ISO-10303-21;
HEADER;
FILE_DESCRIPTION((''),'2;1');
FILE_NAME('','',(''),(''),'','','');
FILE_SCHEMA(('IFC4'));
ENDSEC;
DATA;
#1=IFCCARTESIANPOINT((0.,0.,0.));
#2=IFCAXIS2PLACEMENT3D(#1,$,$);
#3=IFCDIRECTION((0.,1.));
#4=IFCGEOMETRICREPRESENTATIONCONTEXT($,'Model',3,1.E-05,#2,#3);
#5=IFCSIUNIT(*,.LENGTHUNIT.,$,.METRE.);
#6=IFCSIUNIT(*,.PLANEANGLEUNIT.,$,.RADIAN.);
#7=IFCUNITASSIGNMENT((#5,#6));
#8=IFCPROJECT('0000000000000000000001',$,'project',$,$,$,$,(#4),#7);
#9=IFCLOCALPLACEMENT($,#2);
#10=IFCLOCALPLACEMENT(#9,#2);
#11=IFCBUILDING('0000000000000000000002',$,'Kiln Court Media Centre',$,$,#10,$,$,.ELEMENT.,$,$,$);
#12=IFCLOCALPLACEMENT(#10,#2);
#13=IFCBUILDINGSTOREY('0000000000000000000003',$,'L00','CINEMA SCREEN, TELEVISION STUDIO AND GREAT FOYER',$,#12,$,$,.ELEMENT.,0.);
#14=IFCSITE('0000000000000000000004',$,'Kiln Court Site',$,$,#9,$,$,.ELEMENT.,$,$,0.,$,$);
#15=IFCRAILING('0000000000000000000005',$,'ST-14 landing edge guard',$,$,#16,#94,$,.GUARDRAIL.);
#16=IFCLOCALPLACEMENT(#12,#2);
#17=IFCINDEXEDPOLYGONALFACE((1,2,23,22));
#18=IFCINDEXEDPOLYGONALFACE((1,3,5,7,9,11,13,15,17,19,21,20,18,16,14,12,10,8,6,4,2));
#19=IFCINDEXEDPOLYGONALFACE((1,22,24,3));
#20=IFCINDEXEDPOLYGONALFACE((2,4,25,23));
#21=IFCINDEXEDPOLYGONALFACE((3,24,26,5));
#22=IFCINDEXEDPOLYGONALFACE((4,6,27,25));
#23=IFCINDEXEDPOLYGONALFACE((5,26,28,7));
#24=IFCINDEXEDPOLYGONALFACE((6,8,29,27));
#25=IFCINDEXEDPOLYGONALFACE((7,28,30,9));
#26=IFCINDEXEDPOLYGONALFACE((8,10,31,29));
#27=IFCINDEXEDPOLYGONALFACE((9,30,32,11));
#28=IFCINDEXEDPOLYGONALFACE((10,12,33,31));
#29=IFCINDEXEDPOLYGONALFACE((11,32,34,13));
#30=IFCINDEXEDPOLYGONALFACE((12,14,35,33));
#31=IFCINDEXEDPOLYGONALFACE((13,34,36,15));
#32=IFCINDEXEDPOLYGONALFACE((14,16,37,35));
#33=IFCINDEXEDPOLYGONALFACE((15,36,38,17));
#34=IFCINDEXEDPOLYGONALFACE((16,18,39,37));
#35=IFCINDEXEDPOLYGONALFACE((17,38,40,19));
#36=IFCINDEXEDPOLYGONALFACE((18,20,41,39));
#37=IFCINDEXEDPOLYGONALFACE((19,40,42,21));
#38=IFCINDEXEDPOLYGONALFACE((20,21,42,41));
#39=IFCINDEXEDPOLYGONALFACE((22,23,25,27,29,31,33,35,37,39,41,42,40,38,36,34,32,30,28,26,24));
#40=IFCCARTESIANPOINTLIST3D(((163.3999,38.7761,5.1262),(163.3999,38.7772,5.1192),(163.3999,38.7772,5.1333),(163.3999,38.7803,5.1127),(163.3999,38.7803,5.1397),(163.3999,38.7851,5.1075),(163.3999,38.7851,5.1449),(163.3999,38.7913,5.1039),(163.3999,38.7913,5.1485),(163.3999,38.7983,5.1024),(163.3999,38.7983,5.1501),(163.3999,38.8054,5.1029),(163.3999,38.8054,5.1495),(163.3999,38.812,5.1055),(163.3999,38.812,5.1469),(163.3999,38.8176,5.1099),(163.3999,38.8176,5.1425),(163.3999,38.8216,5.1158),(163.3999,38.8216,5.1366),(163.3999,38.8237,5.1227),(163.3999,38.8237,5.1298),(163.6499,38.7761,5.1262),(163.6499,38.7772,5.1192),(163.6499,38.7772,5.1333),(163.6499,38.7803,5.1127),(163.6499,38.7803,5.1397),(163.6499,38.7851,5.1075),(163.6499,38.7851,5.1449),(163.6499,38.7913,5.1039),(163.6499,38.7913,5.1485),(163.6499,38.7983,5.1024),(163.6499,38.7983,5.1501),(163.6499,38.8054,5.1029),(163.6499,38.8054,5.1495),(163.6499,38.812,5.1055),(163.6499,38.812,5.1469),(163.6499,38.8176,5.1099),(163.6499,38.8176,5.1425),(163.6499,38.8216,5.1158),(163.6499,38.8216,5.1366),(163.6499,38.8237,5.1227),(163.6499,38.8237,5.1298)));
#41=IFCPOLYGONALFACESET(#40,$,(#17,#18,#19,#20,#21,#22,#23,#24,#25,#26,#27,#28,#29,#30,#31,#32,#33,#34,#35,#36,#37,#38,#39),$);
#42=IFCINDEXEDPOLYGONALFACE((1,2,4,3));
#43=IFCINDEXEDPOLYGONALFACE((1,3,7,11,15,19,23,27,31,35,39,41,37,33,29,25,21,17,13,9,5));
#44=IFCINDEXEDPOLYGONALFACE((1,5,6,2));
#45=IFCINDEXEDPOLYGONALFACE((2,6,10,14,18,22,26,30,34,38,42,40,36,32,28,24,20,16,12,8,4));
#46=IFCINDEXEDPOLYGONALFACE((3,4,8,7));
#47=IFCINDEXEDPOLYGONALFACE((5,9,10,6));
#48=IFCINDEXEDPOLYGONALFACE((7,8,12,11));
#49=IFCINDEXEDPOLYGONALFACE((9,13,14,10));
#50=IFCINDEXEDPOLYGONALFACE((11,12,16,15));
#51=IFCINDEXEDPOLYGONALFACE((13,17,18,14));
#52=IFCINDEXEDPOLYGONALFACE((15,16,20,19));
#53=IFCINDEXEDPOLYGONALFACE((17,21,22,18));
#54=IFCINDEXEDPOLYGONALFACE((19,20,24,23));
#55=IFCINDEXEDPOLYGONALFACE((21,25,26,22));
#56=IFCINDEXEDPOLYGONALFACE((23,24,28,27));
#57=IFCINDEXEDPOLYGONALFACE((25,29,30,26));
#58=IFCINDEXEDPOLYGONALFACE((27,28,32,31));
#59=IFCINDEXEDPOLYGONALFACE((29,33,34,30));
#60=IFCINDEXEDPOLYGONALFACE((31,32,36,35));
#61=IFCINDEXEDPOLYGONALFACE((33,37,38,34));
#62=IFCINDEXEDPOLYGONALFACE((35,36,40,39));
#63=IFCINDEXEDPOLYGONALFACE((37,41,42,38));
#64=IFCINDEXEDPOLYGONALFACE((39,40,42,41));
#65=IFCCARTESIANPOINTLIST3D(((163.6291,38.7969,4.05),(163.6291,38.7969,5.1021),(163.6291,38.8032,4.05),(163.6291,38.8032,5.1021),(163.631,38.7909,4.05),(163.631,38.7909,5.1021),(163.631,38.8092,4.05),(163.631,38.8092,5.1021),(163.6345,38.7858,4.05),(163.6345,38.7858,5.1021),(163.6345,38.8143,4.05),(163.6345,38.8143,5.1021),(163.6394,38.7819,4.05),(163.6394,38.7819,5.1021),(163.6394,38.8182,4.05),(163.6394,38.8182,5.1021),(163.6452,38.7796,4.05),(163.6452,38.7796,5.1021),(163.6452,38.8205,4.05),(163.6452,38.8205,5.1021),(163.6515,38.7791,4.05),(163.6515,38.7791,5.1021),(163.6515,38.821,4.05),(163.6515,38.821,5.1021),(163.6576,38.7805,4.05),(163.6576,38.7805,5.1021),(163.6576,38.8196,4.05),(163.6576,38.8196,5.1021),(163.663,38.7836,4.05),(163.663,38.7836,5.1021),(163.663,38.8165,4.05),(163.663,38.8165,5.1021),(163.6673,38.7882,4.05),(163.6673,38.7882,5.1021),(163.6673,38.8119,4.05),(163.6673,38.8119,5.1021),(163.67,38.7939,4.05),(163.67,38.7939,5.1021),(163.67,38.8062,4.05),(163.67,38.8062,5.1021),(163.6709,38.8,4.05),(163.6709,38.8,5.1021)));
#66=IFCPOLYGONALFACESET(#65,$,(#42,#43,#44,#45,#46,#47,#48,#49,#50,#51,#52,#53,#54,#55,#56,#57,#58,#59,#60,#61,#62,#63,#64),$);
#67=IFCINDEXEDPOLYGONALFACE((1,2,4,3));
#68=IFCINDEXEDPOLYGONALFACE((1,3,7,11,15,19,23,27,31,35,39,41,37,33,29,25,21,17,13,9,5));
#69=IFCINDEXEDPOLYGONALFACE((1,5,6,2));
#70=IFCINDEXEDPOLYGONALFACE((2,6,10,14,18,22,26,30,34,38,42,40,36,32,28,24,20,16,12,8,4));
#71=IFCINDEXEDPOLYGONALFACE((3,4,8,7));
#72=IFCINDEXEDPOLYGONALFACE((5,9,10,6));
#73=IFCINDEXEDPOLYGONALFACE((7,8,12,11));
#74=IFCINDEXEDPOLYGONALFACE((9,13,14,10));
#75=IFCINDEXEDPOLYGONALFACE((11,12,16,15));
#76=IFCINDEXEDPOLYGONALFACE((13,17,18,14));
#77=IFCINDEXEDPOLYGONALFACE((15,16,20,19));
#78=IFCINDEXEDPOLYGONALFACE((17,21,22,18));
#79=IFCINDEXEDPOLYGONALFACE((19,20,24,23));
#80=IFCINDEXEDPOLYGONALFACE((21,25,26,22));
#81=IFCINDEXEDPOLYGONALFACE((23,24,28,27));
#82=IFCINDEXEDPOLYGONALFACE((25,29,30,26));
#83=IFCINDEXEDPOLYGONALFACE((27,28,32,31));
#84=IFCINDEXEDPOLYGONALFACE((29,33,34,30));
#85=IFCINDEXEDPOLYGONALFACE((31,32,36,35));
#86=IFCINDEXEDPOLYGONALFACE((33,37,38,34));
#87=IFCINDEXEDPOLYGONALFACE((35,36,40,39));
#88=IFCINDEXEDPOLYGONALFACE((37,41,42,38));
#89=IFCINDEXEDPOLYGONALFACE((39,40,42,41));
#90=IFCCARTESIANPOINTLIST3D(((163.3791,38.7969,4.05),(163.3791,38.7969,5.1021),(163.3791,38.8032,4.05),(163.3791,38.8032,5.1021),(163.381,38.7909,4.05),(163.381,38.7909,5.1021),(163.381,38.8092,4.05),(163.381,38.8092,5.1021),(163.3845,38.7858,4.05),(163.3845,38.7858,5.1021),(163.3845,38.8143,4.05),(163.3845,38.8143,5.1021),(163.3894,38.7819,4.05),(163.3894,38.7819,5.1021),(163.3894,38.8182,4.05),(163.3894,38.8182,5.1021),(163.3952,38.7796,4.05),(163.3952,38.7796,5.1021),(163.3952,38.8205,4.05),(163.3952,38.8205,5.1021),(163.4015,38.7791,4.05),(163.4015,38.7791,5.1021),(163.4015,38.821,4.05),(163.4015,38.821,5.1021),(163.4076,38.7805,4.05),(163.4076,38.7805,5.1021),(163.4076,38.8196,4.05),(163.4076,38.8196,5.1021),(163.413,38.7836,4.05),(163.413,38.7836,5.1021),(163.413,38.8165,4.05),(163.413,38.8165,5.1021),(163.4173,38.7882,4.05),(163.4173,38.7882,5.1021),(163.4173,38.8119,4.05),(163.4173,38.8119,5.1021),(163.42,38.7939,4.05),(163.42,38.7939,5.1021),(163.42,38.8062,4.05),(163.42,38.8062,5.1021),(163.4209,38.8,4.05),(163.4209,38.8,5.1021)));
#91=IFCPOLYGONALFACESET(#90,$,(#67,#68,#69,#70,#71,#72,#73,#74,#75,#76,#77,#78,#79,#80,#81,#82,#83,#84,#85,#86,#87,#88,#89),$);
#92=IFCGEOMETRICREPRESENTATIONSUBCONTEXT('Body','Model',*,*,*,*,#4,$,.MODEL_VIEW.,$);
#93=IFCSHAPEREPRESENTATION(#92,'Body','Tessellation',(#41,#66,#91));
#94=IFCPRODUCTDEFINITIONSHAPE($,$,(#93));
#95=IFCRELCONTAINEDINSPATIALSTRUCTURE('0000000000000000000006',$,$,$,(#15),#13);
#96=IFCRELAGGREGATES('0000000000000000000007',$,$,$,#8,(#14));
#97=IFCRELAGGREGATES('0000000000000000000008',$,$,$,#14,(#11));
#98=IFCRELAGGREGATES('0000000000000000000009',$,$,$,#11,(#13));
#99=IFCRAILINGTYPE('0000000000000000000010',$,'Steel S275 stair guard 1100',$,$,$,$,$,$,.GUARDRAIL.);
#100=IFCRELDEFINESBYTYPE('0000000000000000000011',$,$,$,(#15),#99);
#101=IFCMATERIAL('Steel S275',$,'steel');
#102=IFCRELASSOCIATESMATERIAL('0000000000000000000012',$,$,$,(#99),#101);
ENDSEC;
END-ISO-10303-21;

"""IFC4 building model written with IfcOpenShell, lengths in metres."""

from ifc_helpers import new_model, si_unit, direction, frame, origin, origin_2d, place, context, subcontext, project, spatial, circle, extrude, material, type_object, element, save


model = new_model("IFC4")

# Units and contexts
model_context = context("Model", 3, precision=1e-05, world=origin(), true_north=direction((0.0, 1.0)))
body_context = subcontext(model_context, "Body", "Model", "MODEL_VIEW")
ifc_project = project(units=[si_unit("LENGTHUNIT", "METRE"), si_unit("PLANEANGLEUNIT", "RADIAN")], contexts=[model_context])

# Site, building, storey
site_placement = place(None, origin())
site = spatial("IfcSite", under=ifc_project, at=site_placement, Name="Kiln Court Site", CompositionType="ELEMENT", RefElevation=0.0)
building_placement = place(site_placement, origin())
building = spatial("IfcBuilding", under=site, at=building_placement, Name="Kiln Court Media Centre", CompositionType="ELEMENT")
storey_placement = place(building_placement, origin())
storey = spatial("IfcBuildingStorey", under=building, at=storey_placement, Name="L00", Description="CINEMA SCREEN, TELEVISION STUDIO AND GREAT FOYER", CompositionType="ELEMENT", Elevation=0.0)

# Railing
ifc_material_1 = material(Name="Steel S275", Category="steel")
railing_type_1 = type_object("IfcRailingType", Name="Steel S275 stair guard 1100", PredefinedType="GUARDRAIL", material=ifc_material_1)
for number, where, name in (
    (1, (163.6499, 38.8, 4.05), "ST-14 landing edge guard"),
):
    element("IfcRailing", number, at=place(storey_placement, frame(where)), inside=storey, type_object=railing_type_1, Name=name, PredefinedType="GUARDRAIL", context=body_context, shape_type="SweptSolid", body=[
        extrude(circle(Radius=0.0239, at=origin_2d()), frame((0.0, 0.0, 1.0762), z_axis=(-1.0, 0.0, 0.0), x_axis=(0.0, -1.0, 0.0)), (0.0, 0.0, 1.0), 0.25),
        extrude(circle(Radius=0.021, at=origin_2d()), origin(), (0.0, 0.0, 1.0), 1.052),
        extrude(circle(Radius=0.021, at=origin_2d()), frame((-0.25, 0.0, 0.0)), (0.0, 0.0, 1.0), 1.052),
    ])

save(model, "model.ifc")
